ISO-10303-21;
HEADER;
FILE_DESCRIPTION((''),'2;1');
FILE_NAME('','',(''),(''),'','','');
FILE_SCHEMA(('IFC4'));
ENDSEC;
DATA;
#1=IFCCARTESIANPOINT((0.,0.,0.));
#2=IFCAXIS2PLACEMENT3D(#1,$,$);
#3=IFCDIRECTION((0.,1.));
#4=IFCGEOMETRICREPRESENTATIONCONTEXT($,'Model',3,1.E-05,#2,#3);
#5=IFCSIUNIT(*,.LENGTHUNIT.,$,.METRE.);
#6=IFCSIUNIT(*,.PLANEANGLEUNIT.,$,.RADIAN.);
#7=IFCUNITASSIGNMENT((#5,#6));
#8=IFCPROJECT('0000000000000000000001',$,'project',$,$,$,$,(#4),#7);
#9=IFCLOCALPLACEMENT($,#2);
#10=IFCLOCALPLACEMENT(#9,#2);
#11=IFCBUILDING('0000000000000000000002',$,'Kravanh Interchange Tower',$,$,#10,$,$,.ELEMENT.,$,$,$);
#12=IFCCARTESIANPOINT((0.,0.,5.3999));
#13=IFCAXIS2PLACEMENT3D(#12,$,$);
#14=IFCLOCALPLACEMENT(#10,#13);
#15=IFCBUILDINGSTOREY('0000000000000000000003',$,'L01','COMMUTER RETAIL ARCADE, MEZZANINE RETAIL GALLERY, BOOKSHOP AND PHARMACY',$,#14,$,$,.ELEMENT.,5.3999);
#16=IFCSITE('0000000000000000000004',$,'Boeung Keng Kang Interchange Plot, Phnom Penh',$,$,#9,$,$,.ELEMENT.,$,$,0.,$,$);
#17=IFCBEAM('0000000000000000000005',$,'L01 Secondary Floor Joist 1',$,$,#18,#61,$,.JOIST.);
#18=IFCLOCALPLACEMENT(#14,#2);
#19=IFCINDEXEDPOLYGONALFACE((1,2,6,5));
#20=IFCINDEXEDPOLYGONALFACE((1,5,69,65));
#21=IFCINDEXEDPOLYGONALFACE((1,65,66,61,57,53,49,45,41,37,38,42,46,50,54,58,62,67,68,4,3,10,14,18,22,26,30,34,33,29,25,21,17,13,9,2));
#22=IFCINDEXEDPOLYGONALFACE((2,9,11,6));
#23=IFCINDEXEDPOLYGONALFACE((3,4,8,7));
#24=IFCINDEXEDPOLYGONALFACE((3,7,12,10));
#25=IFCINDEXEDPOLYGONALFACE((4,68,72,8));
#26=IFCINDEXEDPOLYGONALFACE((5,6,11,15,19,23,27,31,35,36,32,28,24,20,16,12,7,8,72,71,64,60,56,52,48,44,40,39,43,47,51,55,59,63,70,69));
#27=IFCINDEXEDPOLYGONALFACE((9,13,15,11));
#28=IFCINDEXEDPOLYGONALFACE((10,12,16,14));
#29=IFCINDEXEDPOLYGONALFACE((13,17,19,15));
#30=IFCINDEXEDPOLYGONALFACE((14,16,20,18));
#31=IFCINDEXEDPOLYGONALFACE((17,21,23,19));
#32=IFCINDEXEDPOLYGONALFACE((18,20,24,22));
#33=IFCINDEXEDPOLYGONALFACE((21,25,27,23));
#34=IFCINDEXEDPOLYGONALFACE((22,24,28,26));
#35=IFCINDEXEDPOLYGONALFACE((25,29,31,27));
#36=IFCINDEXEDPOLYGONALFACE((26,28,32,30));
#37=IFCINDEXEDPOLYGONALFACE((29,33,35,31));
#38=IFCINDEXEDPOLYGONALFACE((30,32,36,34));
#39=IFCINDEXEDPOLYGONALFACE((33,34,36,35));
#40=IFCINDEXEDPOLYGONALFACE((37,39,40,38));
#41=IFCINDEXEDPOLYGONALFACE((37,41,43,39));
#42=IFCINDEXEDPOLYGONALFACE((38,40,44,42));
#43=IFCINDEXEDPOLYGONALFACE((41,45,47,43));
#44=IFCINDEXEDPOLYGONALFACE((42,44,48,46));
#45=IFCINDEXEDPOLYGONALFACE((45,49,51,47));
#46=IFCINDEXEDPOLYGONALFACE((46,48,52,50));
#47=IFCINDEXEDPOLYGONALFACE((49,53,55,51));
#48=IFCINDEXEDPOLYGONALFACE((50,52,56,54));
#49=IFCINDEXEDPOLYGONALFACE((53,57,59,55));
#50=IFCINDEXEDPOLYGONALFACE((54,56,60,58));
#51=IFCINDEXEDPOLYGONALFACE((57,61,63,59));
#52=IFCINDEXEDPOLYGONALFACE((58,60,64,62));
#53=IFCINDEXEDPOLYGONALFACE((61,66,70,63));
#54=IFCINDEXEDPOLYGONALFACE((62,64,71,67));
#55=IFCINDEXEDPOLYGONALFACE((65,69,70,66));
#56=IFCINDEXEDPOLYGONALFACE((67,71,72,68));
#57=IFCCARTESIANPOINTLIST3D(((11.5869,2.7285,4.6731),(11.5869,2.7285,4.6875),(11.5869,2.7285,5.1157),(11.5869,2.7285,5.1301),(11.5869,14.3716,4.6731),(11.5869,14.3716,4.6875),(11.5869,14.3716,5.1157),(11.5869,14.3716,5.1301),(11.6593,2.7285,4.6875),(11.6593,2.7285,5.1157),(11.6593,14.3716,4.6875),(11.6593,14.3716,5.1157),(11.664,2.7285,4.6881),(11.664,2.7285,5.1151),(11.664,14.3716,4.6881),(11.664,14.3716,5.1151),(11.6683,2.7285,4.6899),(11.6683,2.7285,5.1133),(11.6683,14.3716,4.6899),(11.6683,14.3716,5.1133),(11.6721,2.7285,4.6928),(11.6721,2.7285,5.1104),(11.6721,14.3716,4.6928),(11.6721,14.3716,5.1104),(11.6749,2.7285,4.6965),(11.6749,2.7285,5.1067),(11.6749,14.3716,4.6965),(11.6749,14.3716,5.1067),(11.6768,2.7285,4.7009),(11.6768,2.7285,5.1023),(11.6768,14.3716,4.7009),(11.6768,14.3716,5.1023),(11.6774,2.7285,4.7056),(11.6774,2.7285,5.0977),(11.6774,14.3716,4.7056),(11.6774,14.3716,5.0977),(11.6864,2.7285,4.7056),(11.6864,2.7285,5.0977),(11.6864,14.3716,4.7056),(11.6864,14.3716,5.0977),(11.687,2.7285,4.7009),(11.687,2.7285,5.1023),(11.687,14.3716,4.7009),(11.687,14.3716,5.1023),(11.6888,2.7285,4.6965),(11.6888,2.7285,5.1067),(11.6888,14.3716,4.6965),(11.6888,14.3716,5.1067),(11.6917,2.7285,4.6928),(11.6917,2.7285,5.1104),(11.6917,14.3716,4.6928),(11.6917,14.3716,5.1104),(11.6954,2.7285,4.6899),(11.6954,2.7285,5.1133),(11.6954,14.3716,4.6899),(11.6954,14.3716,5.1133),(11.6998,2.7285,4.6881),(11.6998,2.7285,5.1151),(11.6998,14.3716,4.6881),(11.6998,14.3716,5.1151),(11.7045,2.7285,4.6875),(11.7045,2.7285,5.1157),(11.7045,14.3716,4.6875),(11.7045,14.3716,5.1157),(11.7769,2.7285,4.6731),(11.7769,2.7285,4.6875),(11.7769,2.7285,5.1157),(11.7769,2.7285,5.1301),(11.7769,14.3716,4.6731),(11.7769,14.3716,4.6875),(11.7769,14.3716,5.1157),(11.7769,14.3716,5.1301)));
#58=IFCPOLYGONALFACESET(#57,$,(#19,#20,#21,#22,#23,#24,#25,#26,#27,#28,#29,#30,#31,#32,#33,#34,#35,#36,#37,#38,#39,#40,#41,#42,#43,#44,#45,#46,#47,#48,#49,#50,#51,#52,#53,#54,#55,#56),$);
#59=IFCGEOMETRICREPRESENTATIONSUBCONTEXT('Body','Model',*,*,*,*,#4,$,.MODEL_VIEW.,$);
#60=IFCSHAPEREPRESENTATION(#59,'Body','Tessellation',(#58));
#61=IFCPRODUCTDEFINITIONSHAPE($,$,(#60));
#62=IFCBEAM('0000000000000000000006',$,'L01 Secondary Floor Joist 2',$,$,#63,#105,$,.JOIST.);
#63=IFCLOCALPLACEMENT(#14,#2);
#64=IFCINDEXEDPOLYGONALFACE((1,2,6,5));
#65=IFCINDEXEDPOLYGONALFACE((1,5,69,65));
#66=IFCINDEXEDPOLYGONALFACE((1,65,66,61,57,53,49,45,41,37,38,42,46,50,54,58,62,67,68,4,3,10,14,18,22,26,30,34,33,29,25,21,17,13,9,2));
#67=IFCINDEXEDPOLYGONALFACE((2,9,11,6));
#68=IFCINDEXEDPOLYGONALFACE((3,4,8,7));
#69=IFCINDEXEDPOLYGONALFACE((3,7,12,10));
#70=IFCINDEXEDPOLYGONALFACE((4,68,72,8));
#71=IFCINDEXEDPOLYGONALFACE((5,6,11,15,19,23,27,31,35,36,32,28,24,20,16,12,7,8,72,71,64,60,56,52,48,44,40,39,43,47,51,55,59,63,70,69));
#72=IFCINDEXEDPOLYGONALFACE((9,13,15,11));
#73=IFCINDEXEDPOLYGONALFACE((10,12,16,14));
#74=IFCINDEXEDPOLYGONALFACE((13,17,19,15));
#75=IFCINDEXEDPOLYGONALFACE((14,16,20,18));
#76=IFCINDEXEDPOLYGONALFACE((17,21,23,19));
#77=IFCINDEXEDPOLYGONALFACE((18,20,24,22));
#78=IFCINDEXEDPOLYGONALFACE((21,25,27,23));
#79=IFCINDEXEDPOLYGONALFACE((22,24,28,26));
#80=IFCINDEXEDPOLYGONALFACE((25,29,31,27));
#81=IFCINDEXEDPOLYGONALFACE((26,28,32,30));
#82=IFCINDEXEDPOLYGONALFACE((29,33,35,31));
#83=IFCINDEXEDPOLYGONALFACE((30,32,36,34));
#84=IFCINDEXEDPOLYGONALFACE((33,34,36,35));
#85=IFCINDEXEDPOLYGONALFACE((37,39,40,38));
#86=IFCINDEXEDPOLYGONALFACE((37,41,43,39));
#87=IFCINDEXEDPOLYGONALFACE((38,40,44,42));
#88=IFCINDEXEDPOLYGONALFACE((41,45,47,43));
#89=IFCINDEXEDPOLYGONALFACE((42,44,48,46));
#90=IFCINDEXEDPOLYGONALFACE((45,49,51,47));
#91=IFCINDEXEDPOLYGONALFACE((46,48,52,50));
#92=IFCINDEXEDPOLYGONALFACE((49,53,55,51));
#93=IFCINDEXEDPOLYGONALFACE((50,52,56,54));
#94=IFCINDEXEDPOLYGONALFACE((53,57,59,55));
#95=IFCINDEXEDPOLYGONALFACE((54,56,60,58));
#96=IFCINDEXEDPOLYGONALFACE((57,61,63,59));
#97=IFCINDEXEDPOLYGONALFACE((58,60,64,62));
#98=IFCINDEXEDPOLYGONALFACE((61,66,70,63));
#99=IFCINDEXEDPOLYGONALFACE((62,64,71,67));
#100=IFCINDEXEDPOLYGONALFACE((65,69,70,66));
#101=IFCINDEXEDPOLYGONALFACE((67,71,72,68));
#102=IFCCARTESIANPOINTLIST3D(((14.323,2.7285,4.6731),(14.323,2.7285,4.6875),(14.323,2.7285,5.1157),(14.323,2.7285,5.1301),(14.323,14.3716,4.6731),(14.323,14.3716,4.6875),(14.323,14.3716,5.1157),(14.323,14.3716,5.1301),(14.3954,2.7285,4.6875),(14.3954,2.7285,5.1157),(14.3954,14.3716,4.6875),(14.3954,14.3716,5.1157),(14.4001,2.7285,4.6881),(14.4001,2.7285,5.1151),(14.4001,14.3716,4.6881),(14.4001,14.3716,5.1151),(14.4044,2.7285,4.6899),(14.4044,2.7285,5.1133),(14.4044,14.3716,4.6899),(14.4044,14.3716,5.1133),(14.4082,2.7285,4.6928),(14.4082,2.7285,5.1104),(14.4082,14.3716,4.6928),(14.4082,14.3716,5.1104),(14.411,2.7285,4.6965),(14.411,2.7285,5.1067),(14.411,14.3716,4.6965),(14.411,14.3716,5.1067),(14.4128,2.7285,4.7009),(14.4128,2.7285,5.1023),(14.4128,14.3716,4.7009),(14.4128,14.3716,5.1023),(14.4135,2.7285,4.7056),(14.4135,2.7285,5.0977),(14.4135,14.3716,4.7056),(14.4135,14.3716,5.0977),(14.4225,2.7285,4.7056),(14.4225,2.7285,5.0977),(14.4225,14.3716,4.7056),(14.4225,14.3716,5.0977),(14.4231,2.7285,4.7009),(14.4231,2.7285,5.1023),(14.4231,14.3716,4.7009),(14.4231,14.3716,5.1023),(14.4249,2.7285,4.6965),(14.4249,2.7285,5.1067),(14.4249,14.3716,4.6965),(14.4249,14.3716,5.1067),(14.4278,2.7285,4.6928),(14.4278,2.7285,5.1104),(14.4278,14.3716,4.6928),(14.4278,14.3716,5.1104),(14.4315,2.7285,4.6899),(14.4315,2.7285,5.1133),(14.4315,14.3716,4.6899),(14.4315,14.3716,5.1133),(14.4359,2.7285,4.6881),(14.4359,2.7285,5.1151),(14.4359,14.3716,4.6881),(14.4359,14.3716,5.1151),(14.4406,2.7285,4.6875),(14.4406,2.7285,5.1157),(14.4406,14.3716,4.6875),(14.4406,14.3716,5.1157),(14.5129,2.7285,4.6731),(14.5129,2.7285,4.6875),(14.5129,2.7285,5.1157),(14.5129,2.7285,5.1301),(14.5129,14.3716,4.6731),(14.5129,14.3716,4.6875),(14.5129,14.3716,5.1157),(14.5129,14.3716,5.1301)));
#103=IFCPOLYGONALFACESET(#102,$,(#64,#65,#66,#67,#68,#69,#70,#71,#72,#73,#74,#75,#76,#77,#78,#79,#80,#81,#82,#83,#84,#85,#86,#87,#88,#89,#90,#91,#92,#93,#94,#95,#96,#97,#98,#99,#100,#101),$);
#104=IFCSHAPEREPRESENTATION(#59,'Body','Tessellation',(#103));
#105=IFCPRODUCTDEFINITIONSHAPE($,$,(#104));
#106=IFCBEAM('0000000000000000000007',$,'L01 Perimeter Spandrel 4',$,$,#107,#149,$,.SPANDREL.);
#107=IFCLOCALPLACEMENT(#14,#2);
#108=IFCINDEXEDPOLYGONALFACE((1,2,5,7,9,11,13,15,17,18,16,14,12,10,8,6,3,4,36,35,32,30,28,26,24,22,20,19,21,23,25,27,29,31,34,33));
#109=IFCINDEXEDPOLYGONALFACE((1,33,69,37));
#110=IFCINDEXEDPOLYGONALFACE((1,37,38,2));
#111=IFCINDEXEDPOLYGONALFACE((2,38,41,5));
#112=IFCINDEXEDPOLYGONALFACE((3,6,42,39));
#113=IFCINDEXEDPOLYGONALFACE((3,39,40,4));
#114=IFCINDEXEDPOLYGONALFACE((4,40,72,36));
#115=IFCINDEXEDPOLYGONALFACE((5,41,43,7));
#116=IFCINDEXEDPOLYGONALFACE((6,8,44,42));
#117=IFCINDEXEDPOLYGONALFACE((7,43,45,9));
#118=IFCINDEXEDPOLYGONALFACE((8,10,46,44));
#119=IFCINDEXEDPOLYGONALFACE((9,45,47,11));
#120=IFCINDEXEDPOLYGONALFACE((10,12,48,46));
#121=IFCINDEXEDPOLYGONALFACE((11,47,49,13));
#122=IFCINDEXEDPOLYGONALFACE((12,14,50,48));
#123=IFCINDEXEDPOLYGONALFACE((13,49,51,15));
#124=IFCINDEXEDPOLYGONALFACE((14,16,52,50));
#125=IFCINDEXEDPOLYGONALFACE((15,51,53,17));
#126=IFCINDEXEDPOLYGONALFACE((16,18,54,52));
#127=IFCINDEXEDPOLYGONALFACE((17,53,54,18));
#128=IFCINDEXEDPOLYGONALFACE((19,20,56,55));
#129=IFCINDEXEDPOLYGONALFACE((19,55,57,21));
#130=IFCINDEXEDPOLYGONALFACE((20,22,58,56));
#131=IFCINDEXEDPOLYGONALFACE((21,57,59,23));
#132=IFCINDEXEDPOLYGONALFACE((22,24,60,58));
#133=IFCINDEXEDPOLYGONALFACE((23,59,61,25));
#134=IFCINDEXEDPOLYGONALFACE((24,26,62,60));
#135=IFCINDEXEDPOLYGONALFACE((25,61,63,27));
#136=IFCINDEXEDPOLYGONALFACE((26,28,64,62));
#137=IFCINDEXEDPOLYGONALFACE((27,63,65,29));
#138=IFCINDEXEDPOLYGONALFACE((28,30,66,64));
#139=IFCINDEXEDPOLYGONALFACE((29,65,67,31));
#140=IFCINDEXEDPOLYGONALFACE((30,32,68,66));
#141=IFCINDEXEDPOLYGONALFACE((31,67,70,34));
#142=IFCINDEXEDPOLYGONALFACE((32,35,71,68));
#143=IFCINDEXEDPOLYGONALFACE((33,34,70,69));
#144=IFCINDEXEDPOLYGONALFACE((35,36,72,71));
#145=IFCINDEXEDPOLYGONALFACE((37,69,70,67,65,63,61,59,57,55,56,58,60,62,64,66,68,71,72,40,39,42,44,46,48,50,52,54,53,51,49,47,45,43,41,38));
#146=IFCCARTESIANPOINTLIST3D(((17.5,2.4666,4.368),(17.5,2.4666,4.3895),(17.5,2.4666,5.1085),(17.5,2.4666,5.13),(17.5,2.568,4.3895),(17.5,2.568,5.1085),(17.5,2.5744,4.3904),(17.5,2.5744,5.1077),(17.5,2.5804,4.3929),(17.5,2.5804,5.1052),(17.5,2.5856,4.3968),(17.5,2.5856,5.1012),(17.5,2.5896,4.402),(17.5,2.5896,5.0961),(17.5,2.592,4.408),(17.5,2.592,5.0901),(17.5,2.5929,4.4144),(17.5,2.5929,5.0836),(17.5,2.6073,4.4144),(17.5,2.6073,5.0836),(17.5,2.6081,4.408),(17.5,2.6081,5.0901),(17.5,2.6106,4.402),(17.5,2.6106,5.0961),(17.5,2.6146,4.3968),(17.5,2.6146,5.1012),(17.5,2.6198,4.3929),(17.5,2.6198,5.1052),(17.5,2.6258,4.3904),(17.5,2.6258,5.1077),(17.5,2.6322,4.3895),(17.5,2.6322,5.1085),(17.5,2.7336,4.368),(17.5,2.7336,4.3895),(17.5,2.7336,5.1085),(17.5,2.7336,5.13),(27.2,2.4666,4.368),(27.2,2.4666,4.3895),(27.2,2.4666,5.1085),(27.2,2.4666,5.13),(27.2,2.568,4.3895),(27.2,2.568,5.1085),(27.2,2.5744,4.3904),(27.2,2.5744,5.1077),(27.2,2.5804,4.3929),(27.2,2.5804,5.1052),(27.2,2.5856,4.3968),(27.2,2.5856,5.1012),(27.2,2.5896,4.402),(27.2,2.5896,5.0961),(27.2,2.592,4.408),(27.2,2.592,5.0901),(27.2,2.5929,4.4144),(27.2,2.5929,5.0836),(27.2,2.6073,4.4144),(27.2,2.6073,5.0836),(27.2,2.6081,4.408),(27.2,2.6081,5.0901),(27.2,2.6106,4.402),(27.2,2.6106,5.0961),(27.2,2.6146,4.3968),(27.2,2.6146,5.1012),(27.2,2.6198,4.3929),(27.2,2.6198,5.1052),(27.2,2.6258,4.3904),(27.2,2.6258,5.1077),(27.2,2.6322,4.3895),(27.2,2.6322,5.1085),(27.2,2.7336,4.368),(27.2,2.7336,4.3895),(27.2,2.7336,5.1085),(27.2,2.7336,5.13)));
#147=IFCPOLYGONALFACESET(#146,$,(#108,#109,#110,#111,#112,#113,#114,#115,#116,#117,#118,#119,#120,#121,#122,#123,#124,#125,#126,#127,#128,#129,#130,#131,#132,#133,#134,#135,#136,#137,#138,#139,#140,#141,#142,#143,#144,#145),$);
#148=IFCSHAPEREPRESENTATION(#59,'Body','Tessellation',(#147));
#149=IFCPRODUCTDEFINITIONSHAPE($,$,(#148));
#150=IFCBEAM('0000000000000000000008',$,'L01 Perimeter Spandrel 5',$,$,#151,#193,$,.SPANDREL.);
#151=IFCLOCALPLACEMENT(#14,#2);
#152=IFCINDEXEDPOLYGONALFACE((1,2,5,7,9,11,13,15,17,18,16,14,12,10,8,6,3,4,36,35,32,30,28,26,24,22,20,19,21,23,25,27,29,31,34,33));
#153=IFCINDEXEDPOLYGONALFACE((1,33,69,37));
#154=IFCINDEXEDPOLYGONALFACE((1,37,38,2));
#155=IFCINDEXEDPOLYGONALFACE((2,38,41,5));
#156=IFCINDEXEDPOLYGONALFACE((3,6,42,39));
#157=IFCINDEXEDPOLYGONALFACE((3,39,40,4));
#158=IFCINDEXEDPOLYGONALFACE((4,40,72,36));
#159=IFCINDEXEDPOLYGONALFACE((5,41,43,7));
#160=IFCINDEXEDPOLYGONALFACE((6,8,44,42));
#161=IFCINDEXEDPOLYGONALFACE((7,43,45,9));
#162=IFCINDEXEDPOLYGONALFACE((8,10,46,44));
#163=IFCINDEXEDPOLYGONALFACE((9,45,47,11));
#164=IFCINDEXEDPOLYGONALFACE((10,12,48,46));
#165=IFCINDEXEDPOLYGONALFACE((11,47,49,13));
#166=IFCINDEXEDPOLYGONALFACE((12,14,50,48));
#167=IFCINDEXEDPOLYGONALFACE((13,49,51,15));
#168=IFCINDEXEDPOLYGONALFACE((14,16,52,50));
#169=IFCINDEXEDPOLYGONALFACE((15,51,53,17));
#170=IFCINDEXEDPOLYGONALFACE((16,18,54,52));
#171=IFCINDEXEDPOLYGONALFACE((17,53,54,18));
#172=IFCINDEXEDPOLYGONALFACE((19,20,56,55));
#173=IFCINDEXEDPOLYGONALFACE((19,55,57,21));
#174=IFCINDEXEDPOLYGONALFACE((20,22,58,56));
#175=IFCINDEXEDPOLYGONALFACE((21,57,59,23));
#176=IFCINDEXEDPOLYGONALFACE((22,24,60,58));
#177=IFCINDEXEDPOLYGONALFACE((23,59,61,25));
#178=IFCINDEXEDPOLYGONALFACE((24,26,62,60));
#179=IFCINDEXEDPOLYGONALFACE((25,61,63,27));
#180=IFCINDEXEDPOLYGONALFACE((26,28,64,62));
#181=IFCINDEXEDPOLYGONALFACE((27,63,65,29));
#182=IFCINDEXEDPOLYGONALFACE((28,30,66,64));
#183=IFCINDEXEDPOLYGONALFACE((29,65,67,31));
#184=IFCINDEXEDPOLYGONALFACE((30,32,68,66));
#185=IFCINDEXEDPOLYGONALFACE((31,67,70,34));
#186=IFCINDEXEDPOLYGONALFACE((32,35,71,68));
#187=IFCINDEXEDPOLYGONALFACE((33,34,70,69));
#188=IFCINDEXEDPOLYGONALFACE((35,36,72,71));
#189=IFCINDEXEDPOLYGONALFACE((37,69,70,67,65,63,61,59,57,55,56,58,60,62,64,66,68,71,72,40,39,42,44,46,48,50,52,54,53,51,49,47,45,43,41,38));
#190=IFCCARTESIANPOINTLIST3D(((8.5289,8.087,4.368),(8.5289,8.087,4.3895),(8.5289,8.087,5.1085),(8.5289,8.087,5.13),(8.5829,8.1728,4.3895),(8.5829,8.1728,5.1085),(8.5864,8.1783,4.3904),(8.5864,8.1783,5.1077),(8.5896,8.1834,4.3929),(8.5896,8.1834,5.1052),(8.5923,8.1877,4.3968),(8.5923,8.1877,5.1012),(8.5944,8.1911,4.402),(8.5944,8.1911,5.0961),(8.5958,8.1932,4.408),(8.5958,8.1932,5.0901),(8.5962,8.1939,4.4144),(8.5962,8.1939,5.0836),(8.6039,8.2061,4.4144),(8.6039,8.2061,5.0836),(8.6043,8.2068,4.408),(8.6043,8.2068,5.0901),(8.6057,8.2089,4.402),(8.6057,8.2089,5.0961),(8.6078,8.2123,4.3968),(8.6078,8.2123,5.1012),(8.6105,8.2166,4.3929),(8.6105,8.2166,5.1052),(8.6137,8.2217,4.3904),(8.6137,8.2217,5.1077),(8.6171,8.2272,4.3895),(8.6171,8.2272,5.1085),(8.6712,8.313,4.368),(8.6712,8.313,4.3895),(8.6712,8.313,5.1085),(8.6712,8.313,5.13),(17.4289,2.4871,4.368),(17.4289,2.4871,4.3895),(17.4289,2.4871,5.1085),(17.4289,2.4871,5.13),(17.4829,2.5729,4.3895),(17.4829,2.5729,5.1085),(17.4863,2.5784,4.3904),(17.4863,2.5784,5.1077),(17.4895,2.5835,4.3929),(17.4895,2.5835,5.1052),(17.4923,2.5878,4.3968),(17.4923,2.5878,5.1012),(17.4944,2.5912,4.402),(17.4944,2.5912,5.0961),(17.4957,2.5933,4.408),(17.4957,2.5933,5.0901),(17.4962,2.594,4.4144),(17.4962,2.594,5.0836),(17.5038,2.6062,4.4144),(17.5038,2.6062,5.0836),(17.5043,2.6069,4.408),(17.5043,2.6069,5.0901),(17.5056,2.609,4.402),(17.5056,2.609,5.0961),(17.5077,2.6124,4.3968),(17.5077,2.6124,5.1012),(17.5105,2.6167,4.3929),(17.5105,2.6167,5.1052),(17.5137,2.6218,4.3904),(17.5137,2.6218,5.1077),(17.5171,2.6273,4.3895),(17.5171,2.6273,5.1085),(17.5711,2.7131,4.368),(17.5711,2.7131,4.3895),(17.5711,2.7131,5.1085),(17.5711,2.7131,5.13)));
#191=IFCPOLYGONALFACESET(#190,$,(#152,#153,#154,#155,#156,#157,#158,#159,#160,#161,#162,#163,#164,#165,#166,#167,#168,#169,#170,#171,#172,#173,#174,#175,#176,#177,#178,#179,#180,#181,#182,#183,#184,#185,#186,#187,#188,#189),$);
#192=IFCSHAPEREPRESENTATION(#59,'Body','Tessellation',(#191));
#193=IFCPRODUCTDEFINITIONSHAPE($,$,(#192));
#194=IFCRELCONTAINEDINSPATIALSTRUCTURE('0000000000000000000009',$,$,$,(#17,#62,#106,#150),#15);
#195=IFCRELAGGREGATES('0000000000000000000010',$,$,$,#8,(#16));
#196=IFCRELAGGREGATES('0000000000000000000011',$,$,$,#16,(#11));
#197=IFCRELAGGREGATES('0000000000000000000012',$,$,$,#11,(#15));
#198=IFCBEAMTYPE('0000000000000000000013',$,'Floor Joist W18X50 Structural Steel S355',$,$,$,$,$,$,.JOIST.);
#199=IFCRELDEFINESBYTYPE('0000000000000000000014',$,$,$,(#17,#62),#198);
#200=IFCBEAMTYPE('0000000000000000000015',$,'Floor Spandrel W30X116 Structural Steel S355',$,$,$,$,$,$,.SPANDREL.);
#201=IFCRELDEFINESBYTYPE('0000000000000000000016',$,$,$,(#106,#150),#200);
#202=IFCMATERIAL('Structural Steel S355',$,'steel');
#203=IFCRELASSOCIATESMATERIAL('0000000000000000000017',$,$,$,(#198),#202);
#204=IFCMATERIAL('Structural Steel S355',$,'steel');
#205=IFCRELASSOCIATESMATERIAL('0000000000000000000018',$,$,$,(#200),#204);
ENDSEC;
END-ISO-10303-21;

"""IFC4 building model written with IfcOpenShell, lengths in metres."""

from ifc_helpers import new_model, si_unit, direction, frame, origin, origin_2d, place, context, subcontext, project, spatial, i_section, extrude, material, material_profile, profile_set, type_object, element, save


model = new_model("IFC4")

# Units and contexts
model_context = context("Model", 3, precision=1e-05, world=origin(), true_north=direction((0.0, 1.0)))
body_context = subcontext(model_context, "Body", "Model", "MODEL_VIEW")
ifc_project = project(units=[si_unit("LENGTHUNIT", "METRE"), si_unit("PLANEANGLEUNIT", "RADIAN")], contexts=[model_context])

# Site, building, storey
site_placement = place(None, origin())
site = spatial("IfcSite", under=ifc_project, at=site_placement, Name="Boeung Keng Kang Interchange Plot, Phnom Penh", CompositionType="ELEMENT", RefElevation=0.0)
building_placement = place(site_placement, origin())
building = spatial("IfcBuilding", under=site, at=building_placement, Name="Kravanh Interchange Tower", CompositionType="ELEMENT")
storey_placement = place(building_placement, frame((0.0, 0.0, 5.3999)))
storey = spatial("IfcBuildingStorey", under=building, at=storey_placement, Name="L01", Description="COMMUTER RETAIL ARCADE, MEZZANINE RETAIL GALLERY, BOOKSHOP AND PHARMACY", CompositionType="ELEMENT", Elevation=5.3999)

# Beams
ifc_material_1 = material(Name="Structural Steel S355", Category="steel")
ifc_material_profile_1 = material_profile(ifc_material_1, i_section(OverallWidth=0.1899, OverallDepth=0.457, WebThickness=0.009, FlangeThickness=0.0144, FilletRadius=0.0181, at=origin_2d()), Name="W18X50")
ifc_profile_set_1 = profile_set([ifc_material_profile_1], Name="Structural Steel S355")
beam_type_1 = type_object("IfcBeamType", Name="Floor Joist W18X50 Structural Steel S355", PredefinedType="JOIST", material=ifc_profile_set_1)
for number, where, z_axis, x_axis, name in (
    (1, (11.6819, 2.7285, 4.9016), (0.0, 1.0, 0.0), (-1.0, 0.0, 0.0), "L01 Secondary Floor Joist 1"),
    (2, (14.418, 2.7285, 4.9016), (0.0, 1.0, 0.0), (-1.0, 0.0, 0.0), "L01 Secondary Floor Joist 2"),
):
    element("IfcBeam", number, at=place(storey_placement, frame(where, z_axis=z_axis, x_axis=x_axis)), inside=storey, type_object=beam_type_1, Name=name, PredefinedType="JOIST", context=body_context, shape_type="SweptSolid", body=[
        extrude(i_section(OverallWidth=0.1899, OverallDepth=0.457, WebThickness=0.009, FlangeThickness=0.0144, FilletRadius=0.0181, at=origin_2d()), origin(), (0.0, 0.0, 1.0), 11.6431),
    ])
ifc_material_2 = material(Name="Structural Steel S355", Category="steel")
ifc_material_profile_2 = material_profile(ifc_material_2, i_section(OverallWidth=0.2671, OverallDepth=0.762, WebThickness=0.0144, FlangeThickness=0.0215, FilletRadius=0.0249, at=origin_2d()), Name="W30X116")
ifc_profile_set_2 = profile_set([ifc_material_profile_2], Name="Structural Steel S355")
beam_type_2 = type_object("IfcBeamType", Name="Floor Spandrel W30X116 Structural Steel S355", PredefinedType="SPANDREL", material=ifc_profile_set_2)
beam_1_placement = place(storey_placement, frame((17.5, 2.6001, 4.749), z_axis=(1.0, 0.0, 0.0), x_axis=(0.0, 1.0, 0.0)))
element("IfcBeam", 3, at=beam_1_placement, inside=storey, type_object=beam_type_2, Name="L01 Perimeter Spandrel 4", PredefinedType="SPANDREL", context=body_context, shape_type="SweptSolid", body=[
    extrude(i_section(OverallWidth=0.2671, OverallDepth=0.762, WebThickness=0.0144, FlangeThickness=0.0215, FilletRadius=0.0249, at=origin_2d()), origin(), (0.0, 0.0, 1.0), 9.7),
])
beam_2_placement = place(storey_placement, frame((17.5, 2.6001, 4.749), z_axis=(-0.846395, 0.532555, 0.0), x_axis=(-0.532555, -0.846395, 0.0)))
element("IfcBeam", 4, at=beam_2_placement, inside=storey, type_object=beam_type_2, Name="L01 Perimeter Spandrel 5", PredefinedType="SPANDREL", context=body_context, shape_type="SweptSolid", body=[
    extrude(i_section(OverallWidth=0.2671, OverallDepth=0.762, WebThickness=0.0144, FlangeThickness=0.0215, FilletRadius=0.0249, at=origin_2d()), origin(), (0.0, 0.0, 1.0), 10.5151),
])

save(model, "model.ifc")
